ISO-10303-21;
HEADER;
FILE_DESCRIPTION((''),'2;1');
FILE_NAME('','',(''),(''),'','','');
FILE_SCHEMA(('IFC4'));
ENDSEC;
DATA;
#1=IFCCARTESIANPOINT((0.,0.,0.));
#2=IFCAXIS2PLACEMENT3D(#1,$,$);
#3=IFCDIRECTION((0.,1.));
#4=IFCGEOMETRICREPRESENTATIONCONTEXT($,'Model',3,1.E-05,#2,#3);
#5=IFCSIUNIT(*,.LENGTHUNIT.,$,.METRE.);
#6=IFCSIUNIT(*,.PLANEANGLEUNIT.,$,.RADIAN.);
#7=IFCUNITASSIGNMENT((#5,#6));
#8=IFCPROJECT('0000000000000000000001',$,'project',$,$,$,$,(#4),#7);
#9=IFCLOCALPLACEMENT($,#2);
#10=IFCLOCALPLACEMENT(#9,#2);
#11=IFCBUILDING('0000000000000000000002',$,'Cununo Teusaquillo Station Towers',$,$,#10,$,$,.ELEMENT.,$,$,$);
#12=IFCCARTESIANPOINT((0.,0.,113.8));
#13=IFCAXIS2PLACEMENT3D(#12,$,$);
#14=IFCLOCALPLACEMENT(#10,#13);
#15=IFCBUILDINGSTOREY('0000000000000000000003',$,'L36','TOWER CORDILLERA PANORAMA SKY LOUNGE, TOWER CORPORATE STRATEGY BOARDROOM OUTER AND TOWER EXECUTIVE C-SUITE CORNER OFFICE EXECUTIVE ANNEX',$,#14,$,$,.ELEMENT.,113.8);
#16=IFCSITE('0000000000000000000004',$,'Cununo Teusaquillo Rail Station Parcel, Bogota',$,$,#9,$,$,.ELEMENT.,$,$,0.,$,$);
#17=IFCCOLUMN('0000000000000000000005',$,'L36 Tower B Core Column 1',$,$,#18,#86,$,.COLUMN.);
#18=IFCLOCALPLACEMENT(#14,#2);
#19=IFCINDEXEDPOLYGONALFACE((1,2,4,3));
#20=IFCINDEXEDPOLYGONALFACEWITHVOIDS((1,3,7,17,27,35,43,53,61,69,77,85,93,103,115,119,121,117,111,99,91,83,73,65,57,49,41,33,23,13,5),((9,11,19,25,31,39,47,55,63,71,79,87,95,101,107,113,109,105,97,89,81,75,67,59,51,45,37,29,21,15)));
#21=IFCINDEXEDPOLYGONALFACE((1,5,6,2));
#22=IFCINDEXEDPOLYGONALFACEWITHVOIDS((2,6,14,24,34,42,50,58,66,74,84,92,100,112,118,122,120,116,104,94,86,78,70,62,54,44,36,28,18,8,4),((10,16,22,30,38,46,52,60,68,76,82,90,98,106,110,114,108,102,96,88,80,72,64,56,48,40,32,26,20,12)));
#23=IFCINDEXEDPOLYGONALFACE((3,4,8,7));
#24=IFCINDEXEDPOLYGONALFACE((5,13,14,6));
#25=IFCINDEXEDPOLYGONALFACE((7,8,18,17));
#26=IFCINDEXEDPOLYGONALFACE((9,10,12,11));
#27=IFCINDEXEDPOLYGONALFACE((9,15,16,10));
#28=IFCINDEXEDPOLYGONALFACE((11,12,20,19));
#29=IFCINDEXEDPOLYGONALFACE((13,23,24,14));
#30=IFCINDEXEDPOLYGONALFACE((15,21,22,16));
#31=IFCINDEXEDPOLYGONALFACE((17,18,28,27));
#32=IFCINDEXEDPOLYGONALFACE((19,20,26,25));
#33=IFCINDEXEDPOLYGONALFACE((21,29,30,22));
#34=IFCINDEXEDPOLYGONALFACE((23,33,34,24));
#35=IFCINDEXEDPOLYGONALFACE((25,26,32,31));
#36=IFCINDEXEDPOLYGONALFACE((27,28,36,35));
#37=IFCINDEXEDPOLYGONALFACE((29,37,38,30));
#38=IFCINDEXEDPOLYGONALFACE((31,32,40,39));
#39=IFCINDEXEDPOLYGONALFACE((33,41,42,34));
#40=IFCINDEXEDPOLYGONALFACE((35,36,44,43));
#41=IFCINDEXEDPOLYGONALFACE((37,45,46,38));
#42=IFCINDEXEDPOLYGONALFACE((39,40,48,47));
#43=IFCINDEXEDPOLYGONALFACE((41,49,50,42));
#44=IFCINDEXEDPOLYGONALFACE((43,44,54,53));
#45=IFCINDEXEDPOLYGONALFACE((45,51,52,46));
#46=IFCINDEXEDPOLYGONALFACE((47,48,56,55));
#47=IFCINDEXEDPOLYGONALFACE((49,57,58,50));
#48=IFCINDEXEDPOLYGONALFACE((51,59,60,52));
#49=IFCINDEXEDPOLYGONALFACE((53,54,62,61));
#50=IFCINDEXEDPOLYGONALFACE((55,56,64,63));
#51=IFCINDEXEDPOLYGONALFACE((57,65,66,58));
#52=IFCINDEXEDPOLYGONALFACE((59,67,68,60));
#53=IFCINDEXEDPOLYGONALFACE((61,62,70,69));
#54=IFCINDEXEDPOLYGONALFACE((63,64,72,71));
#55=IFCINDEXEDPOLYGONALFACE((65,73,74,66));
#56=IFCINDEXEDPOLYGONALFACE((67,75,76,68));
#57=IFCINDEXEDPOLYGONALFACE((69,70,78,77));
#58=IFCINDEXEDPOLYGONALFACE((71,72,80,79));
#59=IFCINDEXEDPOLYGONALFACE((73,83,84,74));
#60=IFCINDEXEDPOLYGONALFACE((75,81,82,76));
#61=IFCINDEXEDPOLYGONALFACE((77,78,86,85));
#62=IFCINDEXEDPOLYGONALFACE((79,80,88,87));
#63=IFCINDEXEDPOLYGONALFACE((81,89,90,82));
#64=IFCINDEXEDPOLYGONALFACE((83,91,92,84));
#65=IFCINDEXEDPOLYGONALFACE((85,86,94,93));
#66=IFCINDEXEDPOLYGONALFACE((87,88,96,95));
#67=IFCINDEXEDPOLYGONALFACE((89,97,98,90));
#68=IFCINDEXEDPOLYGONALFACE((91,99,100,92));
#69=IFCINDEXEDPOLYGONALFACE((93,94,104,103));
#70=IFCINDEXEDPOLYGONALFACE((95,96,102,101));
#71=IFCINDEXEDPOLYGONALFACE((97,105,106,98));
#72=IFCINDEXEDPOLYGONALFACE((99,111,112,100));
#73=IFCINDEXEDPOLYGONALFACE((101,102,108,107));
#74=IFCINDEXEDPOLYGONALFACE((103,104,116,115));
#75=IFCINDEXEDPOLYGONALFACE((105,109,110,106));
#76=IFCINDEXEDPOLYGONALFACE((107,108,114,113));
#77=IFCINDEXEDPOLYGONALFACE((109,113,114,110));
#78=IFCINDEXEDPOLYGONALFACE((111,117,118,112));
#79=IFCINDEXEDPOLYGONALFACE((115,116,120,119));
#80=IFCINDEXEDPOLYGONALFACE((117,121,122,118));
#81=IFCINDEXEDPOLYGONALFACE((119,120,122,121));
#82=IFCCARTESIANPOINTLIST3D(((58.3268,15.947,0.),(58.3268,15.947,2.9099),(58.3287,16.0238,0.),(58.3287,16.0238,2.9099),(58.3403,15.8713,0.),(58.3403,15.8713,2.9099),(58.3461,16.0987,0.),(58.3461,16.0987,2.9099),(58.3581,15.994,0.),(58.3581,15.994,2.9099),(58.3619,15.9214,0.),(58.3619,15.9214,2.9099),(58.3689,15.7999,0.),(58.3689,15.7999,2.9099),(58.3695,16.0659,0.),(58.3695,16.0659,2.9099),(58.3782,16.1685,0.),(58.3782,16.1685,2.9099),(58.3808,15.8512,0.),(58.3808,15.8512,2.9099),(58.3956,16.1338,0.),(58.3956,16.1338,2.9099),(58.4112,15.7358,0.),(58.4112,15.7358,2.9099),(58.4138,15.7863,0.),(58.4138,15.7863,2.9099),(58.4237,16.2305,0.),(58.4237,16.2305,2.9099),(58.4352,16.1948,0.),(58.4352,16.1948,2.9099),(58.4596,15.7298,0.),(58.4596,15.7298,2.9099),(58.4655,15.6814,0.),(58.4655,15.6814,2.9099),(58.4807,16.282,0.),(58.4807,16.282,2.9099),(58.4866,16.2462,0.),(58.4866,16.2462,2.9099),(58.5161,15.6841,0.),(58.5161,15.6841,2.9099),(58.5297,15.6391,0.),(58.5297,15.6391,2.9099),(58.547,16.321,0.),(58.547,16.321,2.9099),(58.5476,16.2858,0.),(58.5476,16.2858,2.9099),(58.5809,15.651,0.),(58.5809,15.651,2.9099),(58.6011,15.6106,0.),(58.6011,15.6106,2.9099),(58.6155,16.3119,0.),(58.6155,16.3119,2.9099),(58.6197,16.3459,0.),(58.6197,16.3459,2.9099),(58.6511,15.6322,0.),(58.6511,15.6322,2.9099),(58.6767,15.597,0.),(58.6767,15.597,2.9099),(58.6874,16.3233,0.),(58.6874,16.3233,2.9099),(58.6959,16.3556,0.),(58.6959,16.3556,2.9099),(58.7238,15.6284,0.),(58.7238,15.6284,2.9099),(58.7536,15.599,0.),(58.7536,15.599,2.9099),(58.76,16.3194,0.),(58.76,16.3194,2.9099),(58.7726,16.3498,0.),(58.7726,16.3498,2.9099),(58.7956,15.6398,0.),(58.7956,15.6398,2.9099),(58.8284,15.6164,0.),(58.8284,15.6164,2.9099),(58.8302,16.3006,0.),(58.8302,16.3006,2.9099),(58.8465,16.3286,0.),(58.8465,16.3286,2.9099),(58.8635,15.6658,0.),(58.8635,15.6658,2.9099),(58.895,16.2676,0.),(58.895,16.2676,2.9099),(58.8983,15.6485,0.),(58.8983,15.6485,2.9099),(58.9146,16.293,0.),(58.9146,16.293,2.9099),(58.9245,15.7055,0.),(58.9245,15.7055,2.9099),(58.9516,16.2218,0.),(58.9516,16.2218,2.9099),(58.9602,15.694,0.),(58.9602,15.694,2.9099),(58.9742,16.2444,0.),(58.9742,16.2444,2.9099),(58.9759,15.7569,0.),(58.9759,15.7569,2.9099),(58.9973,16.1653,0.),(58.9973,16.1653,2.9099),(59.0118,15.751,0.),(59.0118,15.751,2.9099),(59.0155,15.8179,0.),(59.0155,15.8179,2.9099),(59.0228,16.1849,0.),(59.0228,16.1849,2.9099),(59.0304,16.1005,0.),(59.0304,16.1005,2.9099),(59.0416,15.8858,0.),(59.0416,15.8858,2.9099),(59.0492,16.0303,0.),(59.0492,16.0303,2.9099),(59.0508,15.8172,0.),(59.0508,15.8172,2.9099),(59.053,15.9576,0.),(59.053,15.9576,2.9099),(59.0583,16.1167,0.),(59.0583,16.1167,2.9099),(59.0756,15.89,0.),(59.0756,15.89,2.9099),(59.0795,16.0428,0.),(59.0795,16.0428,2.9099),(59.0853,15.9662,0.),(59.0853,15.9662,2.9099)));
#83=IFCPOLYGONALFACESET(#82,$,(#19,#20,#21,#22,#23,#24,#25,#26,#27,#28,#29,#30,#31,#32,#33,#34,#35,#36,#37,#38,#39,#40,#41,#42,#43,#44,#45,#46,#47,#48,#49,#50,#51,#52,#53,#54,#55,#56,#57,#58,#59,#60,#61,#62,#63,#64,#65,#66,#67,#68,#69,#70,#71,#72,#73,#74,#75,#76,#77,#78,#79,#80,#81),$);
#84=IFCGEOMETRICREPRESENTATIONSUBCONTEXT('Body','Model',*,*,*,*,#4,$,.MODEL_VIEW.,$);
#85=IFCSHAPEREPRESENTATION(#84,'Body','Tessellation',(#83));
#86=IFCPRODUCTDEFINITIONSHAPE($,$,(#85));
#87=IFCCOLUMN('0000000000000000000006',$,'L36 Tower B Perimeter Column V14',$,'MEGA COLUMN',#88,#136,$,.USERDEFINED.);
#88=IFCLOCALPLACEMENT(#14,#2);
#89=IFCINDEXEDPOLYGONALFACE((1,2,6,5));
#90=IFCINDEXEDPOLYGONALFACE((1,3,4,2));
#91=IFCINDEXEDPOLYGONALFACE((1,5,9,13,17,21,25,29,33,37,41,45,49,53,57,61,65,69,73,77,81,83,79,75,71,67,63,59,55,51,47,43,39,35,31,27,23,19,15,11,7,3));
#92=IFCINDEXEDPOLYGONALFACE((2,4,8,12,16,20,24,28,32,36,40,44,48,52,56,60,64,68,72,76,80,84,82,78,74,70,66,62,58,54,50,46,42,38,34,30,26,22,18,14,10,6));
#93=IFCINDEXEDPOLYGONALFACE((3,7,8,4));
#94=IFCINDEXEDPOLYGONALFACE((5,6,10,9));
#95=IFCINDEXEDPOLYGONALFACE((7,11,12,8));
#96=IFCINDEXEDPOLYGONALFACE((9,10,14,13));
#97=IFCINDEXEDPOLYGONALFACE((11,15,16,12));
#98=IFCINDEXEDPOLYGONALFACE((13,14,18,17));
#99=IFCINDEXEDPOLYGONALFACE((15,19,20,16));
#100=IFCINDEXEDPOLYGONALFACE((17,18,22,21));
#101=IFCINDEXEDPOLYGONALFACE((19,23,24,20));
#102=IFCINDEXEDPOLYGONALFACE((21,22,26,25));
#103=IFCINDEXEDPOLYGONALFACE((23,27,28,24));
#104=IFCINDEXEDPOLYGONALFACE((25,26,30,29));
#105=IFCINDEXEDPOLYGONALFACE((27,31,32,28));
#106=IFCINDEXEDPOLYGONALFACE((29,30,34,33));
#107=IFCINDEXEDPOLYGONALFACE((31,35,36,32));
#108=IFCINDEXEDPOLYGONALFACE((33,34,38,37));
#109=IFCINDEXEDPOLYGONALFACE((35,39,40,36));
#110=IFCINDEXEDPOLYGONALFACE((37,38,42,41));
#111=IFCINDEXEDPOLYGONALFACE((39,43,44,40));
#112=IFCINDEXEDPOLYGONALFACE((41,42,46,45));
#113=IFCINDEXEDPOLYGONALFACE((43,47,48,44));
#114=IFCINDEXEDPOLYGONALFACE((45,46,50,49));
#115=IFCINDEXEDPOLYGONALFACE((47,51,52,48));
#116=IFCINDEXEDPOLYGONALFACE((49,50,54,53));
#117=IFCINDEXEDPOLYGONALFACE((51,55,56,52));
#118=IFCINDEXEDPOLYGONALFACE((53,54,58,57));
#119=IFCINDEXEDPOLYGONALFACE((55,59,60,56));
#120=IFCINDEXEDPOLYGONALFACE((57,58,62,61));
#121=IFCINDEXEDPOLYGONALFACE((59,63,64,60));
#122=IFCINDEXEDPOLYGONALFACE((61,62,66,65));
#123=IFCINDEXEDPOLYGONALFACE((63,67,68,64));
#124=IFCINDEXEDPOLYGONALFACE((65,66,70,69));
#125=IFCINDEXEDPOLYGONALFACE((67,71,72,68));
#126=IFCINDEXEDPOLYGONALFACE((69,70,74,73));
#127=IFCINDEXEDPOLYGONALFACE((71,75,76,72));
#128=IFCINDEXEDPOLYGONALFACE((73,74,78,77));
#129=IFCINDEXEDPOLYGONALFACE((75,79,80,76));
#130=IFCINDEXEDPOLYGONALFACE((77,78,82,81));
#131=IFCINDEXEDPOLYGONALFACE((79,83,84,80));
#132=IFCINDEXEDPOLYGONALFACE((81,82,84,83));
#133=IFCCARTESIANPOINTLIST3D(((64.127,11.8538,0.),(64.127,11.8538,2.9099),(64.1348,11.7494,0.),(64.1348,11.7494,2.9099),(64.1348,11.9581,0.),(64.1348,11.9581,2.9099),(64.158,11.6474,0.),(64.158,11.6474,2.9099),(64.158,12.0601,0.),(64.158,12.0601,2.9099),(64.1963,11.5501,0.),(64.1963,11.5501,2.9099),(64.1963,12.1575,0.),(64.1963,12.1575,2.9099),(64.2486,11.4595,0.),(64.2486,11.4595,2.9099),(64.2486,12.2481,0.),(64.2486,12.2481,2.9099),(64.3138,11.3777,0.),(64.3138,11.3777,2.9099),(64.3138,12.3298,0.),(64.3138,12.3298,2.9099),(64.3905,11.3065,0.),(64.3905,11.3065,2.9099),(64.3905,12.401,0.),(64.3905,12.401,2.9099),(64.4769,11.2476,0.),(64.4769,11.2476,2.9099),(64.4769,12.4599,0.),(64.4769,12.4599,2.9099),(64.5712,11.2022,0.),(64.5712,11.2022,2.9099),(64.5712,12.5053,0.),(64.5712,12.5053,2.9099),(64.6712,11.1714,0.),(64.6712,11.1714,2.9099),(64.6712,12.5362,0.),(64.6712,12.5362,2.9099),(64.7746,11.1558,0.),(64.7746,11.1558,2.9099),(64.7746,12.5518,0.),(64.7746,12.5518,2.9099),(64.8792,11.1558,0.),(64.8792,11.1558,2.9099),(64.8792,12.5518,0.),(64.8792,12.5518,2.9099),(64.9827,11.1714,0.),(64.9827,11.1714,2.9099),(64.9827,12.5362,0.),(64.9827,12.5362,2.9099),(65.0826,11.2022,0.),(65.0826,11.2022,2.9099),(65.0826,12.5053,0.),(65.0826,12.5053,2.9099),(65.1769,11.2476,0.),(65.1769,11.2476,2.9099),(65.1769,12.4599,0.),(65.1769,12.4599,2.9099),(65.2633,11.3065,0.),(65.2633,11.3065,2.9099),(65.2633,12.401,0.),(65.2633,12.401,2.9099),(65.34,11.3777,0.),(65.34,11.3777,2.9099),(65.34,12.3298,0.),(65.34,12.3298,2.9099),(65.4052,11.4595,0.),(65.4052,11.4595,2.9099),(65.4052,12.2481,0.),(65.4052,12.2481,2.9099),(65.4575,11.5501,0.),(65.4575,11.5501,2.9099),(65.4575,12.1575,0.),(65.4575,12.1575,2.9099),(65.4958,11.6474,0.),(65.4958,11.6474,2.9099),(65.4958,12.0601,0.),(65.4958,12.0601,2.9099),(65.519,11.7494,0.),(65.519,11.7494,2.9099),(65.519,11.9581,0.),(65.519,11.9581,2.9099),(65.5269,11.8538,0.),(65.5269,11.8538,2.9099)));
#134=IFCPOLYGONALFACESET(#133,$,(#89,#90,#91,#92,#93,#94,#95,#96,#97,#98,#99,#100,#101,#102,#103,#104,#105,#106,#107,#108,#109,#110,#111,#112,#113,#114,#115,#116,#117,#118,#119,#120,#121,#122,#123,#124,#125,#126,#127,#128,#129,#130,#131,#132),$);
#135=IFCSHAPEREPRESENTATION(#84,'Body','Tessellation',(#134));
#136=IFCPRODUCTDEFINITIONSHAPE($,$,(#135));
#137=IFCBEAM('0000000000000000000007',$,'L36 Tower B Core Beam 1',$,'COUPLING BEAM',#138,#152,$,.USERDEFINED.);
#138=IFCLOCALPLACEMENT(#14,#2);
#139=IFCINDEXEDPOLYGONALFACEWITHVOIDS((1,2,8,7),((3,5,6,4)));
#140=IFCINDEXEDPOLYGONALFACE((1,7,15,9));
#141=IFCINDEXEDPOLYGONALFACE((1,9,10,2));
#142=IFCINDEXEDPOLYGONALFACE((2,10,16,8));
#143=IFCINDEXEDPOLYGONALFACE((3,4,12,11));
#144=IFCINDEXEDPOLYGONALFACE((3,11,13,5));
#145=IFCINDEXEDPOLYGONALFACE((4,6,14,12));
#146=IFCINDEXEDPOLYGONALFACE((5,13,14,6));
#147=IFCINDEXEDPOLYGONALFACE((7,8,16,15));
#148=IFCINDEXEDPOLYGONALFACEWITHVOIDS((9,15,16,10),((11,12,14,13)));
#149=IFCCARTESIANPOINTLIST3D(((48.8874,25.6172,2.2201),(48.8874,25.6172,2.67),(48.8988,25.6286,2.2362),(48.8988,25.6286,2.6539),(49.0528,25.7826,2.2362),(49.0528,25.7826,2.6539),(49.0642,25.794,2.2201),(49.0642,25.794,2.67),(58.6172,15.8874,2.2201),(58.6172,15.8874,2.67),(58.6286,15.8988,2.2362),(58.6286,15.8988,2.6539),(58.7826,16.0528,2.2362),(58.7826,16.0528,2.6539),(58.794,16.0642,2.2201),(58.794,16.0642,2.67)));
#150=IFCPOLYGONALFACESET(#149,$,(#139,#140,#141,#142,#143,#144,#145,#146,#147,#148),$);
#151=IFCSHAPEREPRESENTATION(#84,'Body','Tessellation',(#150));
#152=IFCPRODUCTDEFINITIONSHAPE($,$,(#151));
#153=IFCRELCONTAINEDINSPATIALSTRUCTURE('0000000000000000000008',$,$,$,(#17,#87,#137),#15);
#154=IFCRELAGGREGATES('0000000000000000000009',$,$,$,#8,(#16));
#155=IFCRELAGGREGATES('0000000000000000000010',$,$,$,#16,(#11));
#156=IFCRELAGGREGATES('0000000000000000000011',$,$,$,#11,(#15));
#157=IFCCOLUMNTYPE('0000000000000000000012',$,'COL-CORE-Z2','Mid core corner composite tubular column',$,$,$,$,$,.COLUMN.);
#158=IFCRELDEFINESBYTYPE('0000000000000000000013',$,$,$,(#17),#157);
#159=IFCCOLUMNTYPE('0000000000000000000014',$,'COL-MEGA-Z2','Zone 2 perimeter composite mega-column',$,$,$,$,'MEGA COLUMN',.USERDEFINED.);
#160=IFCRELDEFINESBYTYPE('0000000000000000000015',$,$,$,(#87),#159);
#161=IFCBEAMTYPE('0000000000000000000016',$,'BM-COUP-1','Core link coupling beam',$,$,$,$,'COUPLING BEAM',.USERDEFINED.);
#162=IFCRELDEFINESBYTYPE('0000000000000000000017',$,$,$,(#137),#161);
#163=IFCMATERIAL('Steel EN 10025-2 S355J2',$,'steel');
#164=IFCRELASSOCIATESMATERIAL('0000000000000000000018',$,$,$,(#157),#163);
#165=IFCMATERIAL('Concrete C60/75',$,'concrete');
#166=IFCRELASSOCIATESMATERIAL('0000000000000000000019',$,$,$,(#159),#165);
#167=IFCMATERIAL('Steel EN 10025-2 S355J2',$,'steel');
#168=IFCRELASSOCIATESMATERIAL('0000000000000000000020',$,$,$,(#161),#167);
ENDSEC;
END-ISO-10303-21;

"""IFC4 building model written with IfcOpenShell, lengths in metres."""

from ifc_helpers import new_model, si_unit, direction, frame, origin, origin_2d, place, context, subcontext, project, spatial, hollow_rectangle, circle, hollow_circle, extrude, material, material_profile, profile_set, type_object, element, save


model = new_model("IFC4")

# Units and contexts
model_context = context("Model", 3, precision=1e-05, world=origin(), true_north=direction((0.0, 1.0)))
body_context = subcontext(model_context, "Body", "Model", "MODEL_VIEW")
ifc_project = project(units=[si_unit("LENGTHUNIT", "METRE"), si_unit("PLANEANGLEUNIT", "RADIAN")], contexts=[model_context])

# Site, building, storey
site_placement = place(None, origin())
site = spatial("IfcSite", under=ifc_project, at=site_placement, Name="Cununo Teusaquillo Rail Station Parcel, Bogota", CompositionType="ELEMENT", RefElevation=0.0)
building_placement = place(site_placement, origin())
building = spatial("IfcBuilding", under=site, at=building_placement, Name="Cununo Teusaquillo Station Towers", CompositionType="ELEMENT")
storey_placement = place(building_placement, frame((0.0, 0.0, 113.8)))
storey = spatial("IfcBuildingStorey", under=building, at=storey_placement, Name="L36", Description="TOWER CORDILLERA PANORAMA SKY LOUNGE, TOWER CORPORATE STRATEGY BOARDROOM OUTER AND TOWER EXECUTIVE C-SUITE CORNER OFFICE EXECUTIVE ANNEX", CompositionType="ELEMENT", Elevation=113.8)

# Columns
ifc_material_1 = material(Name="Steel EN 10025-2 S355J2", Category="steel")
ifc_material_profile_1 = material_profile(ifc_material_1, hollow_circle(Radius=0.3799, WallThickness=0.032, at=origin_2d()), Name="CHS 760x32")
ifc_profile_set_1 = profile_set([ifc_material_profile_1], Name="Steel EN 10025-2 S355J2")
column_type_1 = type_object("IfcColumnType", Name="COL-CORE-Z2", Description="Mid core corner composite tubular column", PredefinedType="COLUMN", material=ifc_profile_set_1)
column_1_placement = place(storey_placement, frame((58.7056, 15.9758, 0.0), z_axis=(0.0, 0.0, 1.0), x_axis=(0.707107, 0.707107, 0.0)))
element("IfcColumn", 1, at=column_1_placement, inside=storey, type_object=column_type_1, Name="L36 Tower B Core Column 1", PredefinedType="COLUMN", context=body_context, shape_type="SweptSolid", body=[
    extrude(hollow_circle(Radius=0.3799, WallThickness=0.032, at=origin_2d()), origin(), (0.0, 0.0, 1.0), 2.9099),
])
ifc_material_2 = material(Name="Concrete C60/75", Category="concrete")
ifc_material_profile_2 = material_profile(ifc_material_2, circle(Radius=0.7, at=origin_2d()), Name="RC-CIRC-1400")
ifc_profile_set_2 = profile_set([ifc_material_profile_2], Name="Concrete C60/75")
column_type_2 = type_object("IfcColumnType", Name="COL-MEGA-Z2", Description="Zone 2 perimeter composite mega-column", ElementType="MEGA COLUMN", PredefinedType="USERDEFINED", material=ifc_profile_set_2)
column_2_placement = place(storey_placement, frame((64.8269, 11.8538, 0.0), z_axis=(0.0, 0.0, 1.0), x_axis=(1.0, 0.0, 0.0)))
element("IfcColumn", 2, at=column_2_placement, inside=storey, type_object=column_type_2, Name="L36 Tower B Perimeter Column V14", ObjectType="MEGA COLUMN", PredefinedType="USERDEFINED", context=body_context, shape_type="SweptSolid", body=[
    extrude(circle(Radius=0.7, at=origin_2d()), origin(), (0.0, 0.0, 1.0), 2.9099),
])

# Beam
ifc_material_3 = material(Name="Steel EN 10025-2 S355J2", Category="steel")
ifc_material_profile_3 = material_profile(ifc_material_3, hollow_rectangle(XDim=0.25, YDim=0.45, WallThickness=0.0161, at=origin_2d()), Name="RHS 450x250x16")
ifc_profile_set_3 = profile_set([ifc_material_profile_3], Name="Steel EN 10025-2 S355J2")
beam_type_1 = type_object("IfcBeamType", Name="BM-COUP-1", Description="Core link coupling beam", ElementType="COUPLING BEAM", PredefinedType="USERDEFINED", material=ifc_profile_set_3)
beam_1_placement = place(storey_placement, frame((58.7056, 15.9758, 2.4451), z_axis=(-0.707107, 0.707107, 0.0), x_axis=(-0.707107, -0.707107, 0.0)))
element("IfcBeam", 3, at=beam_1_placement, inside=storey, type_object=beam_type_1, Name="L36 Tower B Core Beam 1", ObjectType="COUPLING BEAM", PredefinedType="USERDEFINED", context=body_context, shape_type="SweptSolid", body=[
    extrude(hollow_rectangle(XDim=0.25, YDim=0.45, WallThickness=0.0161, at=origin_2d()), origin(), (0.0, 0.0, 1.0), 13.76),
])

save(model, "model.ifc")
